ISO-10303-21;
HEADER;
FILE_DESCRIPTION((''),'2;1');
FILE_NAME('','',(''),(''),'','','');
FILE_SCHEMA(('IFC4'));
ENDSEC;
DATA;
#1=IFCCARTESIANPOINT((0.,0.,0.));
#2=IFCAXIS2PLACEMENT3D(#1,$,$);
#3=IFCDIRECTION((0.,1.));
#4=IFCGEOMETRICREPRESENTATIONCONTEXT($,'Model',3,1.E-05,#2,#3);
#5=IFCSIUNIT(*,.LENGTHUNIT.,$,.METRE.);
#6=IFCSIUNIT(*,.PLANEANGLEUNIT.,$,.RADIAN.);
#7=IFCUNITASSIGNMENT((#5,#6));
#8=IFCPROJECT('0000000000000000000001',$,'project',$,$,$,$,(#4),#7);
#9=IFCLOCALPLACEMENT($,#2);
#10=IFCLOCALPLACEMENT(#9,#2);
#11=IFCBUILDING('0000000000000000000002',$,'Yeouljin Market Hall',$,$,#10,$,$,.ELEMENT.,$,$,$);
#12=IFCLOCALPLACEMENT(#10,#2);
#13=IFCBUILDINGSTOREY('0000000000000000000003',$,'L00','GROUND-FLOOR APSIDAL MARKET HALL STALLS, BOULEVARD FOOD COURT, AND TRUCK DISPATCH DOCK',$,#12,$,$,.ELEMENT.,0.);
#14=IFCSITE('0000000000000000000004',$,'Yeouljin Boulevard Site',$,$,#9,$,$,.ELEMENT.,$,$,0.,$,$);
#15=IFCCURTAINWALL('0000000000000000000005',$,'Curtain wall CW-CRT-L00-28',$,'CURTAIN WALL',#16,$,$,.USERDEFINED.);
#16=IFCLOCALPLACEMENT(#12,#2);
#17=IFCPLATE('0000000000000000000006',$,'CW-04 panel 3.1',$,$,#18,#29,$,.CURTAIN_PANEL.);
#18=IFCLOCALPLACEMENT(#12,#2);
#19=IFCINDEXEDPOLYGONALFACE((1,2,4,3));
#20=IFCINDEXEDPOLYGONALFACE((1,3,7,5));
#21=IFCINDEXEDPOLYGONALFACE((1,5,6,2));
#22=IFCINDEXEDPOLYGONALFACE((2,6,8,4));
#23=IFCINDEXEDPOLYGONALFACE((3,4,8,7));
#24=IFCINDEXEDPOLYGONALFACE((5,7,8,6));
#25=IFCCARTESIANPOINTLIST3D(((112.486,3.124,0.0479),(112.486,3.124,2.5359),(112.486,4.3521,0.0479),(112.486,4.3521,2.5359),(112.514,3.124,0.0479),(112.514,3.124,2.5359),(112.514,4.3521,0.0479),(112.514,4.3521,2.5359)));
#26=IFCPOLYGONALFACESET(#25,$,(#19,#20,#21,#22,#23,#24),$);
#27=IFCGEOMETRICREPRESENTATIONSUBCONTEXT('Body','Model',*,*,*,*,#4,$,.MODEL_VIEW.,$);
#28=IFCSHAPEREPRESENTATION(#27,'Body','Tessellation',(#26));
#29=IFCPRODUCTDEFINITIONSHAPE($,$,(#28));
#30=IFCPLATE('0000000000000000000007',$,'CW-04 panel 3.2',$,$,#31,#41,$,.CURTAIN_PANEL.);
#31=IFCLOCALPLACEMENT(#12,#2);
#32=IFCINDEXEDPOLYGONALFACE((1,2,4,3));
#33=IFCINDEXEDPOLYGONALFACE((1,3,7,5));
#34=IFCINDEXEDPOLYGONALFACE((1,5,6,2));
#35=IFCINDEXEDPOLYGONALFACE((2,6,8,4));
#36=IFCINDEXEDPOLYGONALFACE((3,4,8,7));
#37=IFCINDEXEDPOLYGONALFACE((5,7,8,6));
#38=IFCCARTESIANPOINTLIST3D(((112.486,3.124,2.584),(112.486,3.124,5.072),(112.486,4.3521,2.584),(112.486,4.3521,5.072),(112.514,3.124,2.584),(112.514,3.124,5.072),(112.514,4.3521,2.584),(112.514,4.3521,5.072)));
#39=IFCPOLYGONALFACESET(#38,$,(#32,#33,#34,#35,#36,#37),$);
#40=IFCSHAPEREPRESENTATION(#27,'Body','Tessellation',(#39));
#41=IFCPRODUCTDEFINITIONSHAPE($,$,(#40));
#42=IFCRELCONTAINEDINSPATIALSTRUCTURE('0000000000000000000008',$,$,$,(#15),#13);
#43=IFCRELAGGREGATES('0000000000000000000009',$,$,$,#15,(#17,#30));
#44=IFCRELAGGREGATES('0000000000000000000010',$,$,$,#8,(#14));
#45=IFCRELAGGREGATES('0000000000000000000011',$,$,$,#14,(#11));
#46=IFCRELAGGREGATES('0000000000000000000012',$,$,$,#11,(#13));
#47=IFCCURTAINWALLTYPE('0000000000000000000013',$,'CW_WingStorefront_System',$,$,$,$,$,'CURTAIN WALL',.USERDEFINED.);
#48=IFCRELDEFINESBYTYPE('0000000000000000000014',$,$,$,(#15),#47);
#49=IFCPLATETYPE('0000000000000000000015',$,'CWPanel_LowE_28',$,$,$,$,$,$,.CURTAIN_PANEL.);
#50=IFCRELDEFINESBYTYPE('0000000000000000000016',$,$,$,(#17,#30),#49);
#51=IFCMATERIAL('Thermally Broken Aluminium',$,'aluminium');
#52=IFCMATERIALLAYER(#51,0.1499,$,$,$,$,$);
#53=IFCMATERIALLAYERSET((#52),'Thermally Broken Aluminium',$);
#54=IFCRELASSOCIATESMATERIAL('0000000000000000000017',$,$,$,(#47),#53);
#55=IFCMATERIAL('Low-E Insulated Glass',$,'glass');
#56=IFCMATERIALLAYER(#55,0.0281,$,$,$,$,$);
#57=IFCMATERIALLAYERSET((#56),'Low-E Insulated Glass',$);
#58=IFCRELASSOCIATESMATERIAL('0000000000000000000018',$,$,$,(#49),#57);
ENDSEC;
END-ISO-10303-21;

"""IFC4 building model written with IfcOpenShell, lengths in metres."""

from ifc_helpers import new_model, si_unit, direction, frame, origin, origin_2d, place, context, subcontext, project, spatial, rectangle, extrude, material, layer, layer_set, type_object, element, aggregate, save


model = new_model("IFC4")

# Units and contexts
model_context = context("Model", 3, precision=1e-05, world=origin(), true_north=direction((0.0, 1.0)))
body_context = subcontext(model_context, "Body", "Model", "MODEL_VIEW")
ifc_project = project(units=[si_unit("LENGTHUNIT", "METRE"), si_unit("PLANEANGLEUNIT", "RADIAN")], contexts=[model_context])

# Site, building, storey
site_placement = place(None, origin())
site = spatial("IfcSite", under=ifc_project, at=site_placement, Name="Yeouljin Boulevard Site", CompositionType="ELEMENT", RefElevation=0.0)
building_placement = place(site_placement, origin())
building = spatial("IfcBuilding", under=site, at=building_placement, Name="Yeouljin Market Hall", CompositionType="ELEMENT")
storey_placement = place(building_placement, origin())
storey = spatial("IfcBuildingStorey", under=building, at=storey_placement, Name="L00", Description="GROUND-FLOOR APSIDAL MARKET HALL STALLS, BOULEVARD FOOD COURT, AND TRUCK DISPATCH DOCK", CompositionType="ELEMENT", Elevation=0.0)

# Curtain wall
ifc_material_1 = material(Name="Thermally Broken Aluminium", Category="aluminium")
ifc_layer_1 = layer(ifc_material_1, 0.1499)
ifc_layer_set_1 = layer_set([ifc_layer_1], Name="Thermally Broken Aluminium")
curtain_wall_type_1 = type_object("IfcCurtainWallType", Name="CW_WingStorefront_System", ElementType="CURTAIN WALL", PredefinedType="USERDEFINED", material=ifc_layer_set_1)
curtain_wall_1_placement = place(storey_placement, origin())
curtain_wall_1 = element("IfcCurtainWall", 1, at=curtain_wall_1_placement, inside=storey, type_object=curtain_wall_type_1, Name="Curtain wall CW-CRT-L00-28", ObjectType="CURTAIN WALL", PredefinedType="USERDEFINED")

# Plates
ifc_material_2 = material(Name="Low-E Insulated Glass", Category="glass")
ifc_layer_2 = layer(ifc_material_2, 0.0281)
ifc_layer_set_2 = layer_set([ifc_layer_2], Name="Low-E Insulated Glass")
plate_type = type_object("IfcPlateType", Name="CWPanel_LowE_28", PredefinedType="CURTAIN_PANEL", material=ifc_layer_set_2)
plate_1_placement = place(storey_placement, frame((112.5, 3.738, 0.0479), z_axis=(0.0, 0.0, 1.0), x_axis=(0.0, 1.0, 0.0)))
plate_1 = element("IfcPlate", 2, at=plate_1_placement, type_object=plate_type, Name="CW-04 panel 3.1", PredefinedType="CURTAIN_PANEL", context=body_context, shape_type="SweptSolid", body=[
    extrude(rectangle(XDim=1.228, YDim=0.0281, at=origin_2d()), origin(), (0.0, 0.0, 1.0), 2.488),
])
plate_2_placement = place(storey_placement, frame((112.5, 3.738, 2.584), z_axis=(0.0, 0.0, 1.0), x_axis=(0.0, 1.0, 0.0)))
plate_2 = element("IfcPlate", 3, at=plate_2_placement, type_object=plate_type, Name="CW-04 panel 3.2", PredefinedType="CURTAIN_PANEL", context=body_context, shape_type="SweptSolid", body=[
    extrude(rectangle(XDim=1.228, YDim=0.0281, at=origin_2d()), origin(), (0.0, 0.0, 1.0), 2.488),
])
aggregate(curtain_wall_1, [plate_1, plate_2])

save(model, "model.ifc")
